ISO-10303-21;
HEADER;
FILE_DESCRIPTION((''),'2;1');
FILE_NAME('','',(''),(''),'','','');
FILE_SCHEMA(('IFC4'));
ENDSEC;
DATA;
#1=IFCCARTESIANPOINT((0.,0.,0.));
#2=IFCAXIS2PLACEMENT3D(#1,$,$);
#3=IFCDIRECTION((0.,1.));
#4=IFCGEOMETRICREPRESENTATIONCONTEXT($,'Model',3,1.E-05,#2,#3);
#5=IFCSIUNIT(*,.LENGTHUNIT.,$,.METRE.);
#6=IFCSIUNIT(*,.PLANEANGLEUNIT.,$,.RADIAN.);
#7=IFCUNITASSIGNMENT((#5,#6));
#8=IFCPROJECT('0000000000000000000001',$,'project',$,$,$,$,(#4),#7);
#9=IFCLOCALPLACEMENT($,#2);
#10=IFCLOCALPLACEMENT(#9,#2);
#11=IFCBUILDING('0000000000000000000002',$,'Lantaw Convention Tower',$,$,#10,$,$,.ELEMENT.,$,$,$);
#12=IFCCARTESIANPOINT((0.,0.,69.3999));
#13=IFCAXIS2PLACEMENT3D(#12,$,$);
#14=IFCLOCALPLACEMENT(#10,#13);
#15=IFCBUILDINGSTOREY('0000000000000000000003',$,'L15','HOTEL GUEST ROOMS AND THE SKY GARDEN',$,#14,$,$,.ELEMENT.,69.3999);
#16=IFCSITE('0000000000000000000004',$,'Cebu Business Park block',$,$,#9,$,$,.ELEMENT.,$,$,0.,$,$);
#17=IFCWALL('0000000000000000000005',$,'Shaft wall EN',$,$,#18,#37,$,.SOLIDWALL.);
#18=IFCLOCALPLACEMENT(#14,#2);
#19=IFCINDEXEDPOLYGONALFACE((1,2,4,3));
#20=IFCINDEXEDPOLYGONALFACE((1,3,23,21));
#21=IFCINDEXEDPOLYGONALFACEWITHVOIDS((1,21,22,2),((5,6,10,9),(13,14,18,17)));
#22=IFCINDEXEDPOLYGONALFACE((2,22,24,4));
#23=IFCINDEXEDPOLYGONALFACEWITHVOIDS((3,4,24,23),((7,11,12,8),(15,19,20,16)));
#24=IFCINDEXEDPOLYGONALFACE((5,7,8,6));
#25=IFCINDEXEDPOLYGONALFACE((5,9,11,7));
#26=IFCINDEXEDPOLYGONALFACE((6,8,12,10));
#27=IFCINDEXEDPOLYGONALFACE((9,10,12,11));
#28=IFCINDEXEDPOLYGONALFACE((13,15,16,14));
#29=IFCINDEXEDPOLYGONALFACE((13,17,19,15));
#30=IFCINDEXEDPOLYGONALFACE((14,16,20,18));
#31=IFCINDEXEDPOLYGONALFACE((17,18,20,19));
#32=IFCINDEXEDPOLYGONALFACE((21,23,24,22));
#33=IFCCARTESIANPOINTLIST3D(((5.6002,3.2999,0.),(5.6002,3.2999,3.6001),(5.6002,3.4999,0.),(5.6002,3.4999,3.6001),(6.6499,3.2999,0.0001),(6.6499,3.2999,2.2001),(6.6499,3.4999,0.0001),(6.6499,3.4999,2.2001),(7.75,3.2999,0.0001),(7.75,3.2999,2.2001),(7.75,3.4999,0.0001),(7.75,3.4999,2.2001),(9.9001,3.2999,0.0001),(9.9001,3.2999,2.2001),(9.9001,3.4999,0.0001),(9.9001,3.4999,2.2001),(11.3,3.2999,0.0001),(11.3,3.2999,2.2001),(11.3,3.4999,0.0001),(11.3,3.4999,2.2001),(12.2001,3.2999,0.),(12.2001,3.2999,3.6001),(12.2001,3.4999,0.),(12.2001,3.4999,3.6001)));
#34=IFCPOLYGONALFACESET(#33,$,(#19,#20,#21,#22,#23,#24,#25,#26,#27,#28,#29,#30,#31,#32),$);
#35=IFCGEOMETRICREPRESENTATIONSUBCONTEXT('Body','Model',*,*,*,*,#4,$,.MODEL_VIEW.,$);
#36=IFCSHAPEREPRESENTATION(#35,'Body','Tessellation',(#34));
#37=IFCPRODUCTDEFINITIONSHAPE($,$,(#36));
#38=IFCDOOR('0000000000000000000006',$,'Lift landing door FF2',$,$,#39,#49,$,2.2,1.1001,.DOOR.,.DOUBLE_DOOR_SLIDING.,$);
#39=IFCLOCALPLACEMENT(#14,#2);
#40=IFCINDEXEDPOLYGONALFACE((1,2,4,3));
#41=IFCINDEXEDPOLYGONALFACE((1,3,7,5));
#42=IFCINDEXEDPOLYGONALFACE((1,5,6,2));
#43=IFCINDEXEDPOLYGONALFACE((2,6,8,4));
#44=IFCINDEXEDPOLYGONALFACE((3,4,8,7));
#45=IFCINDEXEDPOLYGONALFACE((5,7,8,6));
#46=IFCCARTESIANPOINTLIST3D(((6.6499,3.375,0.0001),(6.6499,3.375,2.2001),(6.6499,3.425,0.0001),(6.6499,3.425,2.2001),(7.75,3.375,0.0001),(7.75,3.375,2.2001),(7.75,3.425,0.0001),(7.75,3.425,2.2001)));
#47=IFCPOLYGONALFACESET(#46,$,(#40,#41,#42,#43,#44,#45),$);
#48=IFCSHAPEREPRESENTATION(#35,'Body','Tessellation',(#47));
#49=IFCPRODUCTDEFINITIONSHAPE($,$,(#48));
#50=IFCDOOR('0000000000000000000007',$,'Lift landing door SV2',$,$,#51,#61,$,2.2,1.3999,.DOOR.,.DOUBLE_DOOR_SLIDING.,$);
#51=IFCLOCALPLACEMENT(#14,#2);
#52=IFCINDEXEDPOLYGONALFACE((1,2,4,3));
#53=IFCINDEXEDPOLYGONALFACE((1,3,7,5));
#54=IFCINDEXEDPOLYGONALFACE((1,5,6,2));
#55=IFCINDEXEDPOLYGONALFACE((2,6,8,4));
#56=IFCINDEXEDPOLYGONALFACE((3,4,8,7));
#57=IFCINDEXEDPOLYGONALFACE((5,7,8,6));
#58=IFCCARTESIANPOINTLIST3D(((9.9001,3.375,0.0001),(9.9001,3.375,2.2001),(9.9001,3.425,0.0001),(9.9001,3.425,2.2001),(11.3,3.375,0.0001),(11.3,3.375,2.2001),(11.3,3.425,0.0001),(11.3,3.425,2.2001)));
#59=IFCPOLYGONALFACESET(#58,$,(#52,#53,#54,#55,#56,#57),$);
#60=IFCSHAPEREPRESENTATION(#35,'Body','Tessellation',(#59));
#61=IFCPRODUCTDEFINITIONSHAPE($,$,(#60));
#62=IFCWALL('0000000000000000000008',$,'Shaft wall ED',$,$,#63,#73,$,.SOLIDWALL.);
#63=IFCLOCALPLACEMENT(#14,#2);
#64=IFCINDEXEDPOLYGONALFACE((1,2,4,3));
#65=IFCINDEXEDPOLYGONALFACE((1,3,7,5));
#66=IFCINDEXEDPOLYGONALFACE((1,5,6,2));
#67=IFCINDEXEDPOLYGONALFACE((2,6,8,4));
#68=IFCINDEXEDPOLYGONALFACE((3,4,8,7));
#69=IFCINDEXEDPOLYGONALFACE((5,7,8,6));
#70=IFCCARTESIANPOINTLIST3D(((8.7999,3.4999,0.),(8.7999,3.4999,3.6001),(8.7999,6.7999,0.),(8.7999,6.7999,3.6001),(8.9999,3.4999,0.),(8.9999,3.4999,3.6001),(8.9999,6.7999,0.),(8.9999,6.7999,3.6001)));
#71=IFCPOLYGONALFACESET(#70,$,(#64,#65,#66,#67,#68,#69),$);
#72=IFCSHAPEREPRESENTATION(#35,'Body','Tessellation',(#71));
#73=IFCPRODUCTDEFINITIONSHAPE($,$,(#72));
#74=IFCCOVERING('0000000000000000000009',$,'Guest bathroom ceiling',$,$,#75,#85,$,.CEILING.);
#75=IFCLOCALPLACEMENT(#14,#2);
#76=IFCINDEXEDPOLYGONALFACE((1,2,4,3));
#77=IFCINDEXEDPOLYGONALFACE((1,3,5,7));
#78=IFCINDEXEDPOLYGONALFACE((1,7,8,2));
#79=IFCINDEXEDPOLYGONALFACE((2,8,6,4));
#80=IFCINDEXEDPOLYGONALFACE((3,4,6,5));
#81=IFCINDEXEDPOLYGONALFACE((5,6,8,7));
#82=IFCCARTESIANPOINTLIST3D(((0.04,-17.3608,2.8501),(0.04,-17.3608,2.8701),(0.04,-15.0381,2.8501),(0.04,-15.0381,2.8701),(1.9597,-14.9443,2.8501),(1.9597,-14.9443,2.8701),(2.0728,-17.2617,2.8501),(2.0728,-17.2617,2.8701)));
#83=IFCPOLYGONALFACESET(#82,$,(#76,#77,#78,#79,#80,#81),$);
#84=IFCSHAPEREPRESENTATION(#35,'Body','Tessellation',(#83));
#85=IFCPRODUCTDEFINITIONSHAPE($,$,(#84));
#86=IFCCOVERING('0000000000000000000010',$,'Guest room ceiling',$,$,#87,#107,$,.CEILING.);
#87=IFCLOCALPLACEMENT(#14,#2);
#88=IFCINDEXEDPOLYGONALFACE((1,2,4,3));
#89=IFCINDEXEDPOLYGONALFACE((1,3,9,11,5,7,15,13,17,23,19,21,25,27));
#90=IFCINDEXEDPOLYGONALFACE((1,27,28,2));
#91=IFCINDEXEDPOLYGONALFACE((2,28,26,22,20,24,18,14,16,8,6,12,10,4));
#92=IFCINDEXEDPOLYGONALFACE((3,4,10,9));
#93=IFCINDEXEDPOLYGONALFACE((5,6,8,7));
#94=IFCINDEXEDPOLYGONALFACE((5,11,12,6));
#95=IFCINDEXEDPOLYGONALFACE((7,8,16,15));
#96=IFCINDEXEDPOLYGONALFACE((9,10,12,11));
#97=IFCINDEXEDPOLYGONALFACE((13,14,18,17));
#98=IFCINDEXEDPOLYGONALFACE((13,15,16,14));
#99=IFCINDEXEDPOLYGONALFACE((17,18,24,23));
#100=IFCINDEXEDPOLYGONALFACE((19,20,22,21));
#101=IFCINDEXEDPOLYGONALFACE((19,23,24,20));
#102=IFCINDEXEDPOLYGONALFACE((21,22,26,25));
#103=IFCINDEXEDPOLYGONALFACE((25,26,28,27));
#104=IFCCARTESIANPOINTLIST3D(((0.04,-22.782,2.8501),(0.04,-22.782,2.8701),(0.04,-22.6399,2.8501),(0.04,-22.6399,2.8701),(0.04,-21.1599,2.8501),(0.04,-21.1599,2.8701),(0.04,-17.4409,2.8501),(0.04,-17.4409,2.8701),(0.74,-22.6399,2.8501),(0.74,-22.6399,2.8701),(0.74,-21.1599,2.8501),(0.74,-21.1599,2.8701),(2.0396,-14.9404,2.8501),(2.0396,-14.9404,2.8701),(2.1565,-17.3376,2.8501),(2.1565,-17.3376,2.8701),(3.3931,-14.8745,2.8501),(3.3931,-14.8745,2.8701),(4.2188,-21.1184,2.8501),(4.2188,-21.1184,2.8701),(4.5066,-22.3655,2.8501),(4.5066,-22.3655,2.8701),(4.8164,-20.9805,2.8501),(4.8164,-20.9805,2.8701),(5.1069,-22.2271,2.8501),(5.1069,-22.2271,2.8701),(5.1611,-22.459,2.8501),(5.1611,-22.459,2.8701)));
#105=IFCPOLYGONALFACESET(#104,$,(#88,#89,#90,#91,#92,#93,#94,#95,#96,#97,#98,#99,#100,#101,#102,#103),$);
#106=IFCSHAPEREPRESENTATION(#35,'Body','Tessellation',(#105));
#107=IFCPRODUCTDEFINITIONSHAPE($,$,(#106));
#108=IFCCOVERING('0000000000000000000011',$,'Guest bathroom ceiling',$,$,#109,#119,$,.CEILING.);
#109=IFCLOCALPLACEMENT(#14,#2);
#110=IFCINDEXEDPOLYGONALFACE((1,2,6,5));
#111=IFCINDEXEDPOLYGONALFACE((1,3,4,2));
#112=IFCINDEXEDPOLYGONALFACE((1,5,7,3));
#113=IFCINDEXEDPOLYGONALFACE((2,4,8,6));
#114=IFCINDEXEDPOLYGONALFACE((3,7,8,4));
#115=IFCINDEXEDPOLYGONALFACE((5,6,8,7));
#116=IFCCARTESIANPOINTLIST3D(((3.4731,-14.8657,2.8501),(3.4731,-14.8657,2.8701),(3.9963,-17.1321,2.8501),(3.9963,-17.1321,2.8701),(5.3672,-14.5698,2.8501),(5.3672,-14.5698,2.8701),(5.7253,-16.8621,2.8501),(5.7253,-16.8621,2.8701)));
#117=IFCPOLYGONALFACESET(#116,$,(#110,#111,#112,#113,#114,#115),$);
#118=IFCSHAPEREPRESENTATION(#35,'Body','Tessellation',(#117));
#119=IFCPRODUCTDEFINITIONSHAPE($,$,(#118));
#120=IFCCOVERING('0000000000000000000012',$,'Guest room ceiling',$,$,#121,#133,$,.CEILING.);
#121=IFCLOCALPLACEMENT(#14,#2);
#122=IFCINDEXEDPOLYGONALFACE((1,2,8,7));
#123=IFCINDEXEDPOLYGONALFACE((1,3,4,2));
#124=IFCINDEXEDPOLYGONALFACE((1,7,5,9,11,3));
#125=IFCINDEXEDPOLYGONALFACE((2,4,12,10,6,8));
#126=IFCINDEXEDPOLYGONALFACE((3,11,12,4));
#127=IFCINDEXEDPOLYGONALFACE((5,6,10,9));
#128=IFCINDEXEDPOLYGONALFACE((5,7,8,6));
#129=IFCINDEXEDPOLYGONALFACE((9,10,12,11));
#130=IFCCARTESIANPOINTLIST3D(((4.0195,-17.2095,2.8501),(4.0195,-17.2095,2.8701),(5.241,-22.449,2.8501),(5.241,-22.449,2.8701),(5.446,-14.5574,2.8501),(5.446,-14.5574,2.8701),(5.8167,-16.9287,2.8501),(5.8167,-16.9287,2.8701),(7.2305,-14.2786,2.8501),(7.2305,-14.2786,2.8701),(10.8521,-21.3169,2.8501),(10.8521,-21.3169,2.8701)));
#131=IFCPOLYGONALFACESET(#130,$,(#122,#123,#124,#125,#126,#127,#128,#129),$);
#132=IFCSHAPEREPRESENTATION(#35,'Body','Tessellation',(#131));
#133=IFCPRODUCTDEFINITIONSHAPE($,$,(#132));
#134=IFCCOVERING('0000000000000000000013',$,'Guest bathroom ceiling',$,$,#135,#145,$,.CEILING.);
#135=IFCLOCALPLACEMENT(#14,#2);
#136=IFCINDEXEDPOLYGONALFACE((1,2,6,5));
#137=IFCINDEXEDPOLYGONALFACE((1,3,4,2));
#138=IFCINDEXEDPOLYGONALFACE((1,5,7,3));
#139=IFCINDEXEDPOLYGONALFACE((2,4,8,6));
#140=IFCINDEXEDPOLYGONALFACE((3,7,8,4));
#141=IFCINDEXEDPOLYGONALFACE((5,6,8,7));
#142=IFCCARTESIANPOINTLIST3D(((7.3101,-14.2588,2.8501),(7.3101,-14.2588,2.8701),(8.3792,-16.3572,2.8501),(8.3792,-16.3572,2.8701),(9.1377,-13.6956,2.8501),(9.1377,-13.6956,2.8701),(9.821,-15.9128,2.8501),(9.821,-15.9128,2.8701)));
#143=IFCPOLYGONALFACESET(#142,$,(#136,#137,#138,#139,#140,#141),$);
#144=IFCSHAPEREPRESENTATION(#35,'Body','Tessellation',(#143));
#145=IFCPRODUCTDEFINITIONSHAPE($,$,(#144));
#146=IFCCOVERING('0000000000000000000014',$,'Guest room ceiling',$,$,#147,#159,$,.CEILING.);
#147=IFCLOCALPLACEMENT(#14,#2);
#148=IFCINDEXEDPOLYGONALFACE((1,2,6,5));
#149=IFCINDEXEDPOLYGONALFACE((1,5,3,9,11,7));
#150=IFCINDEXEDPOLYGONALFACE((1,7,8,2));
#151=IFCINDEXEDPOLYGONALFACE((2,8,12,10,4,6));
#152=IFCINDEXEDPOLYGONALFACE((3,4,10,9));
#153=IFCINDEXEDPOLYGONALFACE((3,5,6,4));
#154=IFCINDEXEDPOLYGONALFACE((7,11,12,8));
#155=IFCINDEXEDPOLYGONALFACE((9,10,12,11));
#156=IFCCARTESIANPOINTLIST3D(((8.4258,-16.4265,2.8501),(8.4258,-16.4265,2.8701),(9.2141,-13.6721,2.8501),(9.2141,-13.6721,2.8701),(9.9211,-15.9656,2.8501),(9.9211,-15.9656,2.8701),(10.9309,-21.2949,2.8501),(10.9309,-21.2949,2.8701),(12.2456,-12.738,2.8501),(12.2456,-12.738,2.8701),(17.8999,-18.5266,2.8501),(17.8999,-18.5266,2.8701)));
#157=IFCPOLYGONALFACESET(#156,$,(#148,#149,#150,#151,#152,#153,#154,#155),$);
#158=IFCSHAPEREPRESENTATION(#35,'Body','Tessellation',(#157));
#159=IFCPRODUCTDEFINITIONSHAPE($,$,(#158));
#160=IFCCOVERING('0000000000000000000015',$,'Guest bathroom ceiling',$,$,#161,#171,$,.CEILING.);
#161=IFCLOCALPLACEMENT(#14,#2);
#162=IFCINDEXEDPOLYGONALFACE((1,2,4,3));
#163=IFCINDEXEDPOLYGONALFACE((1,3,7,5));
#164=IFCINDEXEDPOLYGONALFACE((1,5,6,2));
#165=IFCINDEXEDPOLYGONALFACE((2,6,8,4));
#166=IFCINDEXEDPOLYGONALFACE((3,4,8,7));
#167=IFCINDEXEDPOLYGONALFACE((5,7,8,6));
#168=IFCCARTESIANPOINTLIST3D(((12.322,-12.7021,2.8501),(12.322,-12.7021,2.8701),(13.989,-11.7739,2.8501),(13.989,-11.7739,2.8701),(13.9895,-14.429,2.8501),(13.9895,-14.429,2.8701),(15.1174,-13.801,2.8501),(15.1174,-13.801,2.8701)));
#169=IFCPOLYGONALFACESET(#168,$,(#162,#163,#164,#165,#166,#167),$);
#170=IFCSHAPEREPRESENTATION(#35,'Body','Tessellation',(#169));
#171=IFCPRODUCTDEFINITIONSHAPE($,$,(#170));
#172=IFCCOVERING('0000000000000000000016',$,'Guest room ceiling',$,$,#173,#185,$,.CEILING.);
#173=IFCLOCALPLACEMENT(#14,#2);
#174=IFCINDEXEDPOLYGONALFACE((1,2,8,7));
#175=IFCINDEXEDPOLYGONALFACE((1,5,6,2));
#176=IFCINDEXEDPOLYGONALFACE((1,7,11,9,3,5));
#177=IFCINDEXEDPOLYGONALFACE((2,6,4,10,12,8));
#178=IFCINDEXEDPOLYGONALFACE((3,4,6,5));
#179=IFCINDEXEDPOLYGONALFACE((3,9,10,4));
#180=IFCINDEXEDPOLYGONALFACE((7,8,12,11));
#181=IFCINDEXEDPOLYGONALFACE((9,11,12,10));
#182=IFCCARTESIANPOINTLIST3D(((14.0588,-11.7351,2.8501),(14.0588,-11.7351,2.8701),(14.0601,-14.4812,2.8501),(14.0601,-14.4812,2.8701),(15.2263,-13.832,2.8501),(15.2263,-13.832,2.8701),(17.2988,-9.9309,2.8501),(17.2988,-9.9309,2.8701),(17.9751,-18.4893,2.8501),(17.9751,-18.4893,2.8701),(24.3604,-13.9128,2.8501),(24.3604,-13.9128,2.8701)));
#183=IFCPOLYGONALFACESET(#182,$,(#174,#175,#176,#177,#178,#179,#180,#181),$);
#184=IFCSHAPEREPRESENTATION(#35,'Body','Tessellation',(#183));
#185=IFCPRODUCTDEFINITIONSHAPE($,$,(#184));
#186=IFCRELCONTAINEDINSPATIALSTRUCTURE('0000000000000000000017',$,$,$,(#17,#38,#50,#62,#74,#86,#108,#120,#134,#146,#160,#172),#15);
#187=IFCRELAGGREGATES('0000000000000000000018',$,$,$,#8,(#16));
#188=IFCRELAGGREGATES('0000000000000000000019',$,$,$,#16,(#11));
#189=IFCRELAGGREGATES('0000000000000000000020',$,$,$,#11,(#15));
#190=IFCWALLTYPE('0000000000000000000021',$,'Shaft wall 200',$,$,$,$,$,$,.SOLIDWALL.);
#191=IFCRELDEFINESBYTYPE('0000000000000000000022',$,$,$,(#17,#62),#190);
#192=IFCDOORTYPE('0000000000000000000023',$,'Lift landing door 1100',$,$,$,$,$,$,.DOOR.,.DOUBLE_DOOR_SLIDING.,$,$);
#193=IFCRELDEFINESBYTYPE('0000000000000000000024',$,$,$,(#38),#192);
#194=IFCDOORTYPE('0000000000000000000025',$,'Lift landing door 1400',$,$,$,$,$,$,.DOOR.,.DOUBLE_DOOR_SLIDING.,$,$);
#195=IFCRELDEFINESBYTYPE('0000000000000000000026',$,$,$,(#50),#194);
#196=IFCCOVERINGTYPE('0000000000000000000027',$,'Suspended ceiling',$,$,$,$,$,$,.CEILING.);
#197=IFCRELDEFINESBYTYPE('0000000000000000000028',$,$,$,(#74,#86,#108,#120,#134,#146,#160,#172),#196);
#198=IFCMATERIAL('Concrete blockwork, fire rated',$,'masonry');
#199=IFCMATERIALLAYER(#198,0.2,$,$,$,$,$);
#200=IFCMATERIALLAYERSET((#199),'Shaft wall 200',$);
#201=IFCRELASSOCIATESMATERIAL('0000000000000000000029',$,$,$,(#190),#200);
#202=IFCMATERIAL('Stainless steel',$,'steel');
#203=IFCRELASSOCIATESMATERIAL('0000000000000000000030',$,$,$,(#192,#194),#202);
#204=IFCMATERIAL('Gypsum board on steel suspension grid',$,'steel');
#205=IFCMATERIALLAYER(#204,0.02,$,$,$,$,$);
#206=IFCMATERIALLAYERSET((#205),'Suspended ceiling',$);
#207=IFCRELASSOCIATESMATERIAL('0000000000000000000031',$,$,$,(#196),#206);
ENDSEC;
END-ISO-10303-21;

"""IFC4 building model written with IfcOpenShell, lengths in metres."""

from ifc_helpers import new_model, si_unit, direction, frame, frame_2d, origin, place, context, subcontext, project, spatial, polyline, rectangle, outline, extrude, material, layer, layer_set, type_object, element, fill, save


model = new_model("IFC4")

# Units and contexts
model_context = context("Model", 3, precision=1e-05, world=origin(), true_north=direction((0.0, 1.0)))
body_context = subcontext(model_context, "Body", "Model", "MODEL_VIEW")
ifc_project = project(units=[si_unit("LENGTHUNIT", "METRE"), si_unit("PLANEANGLEUNIT", "RADIAN")], contexts=[model_context])

# Site, building, storey
site_placement = place(None, origin())
site = spatial("IfcSite", under=ifc_project, at=site_placement, Name="Cebu Business Park block", CompositionType="ELEMENT", RefElevation=0.0)
building_placement = place(site_placement, origin())
building = spatial("IfcBuilding", under=site, at=building_placement, Name="Lantaw Convention Tower", CompositionType="ELEMENT")
storey_placement = place(building_placement, frame((0.0, 0.0, 69.3999)))
storey = spatial("IfcBuildingStorey", under=building, at=storey_placement, Name="L15", Description="HOTEL GUEST ROOMS AND THE SKY GARDEN", CompositionType="ELEMENT", Elevation=69.3999)

# Shared definitions
ifc_material_1 = material(Name="Concrete blockwork, fire rated", Category="masonry")
ifc_layer_1 = layer(ifc_material_1, 0.2)
ifc_layer_set_1 = layer_set([ifc_layer_1], Name="Shaft wall 200")
wall_type_1 = type_object("IfcWallType", Name="Shaft wall 200", PredefinedType="SOLIDWALL", material=ifc_layer_set_1)

# Wall, openings, doors
wall_1_placement = place(storey_placement, frame((12.2, 3.3999, 0.0), z_axis=(0.0, 0.0, 1.0), x_axis=(-1.0, 0.0, 0.0)))
wall_1 = element("IfcWall", 1, at=wall_1_placement, inside=storey, type_object=wall_type_1, Name="Shaft wall EN", PredefinedType="SOLIDWALL", context=body_context, shape_type="SweptSolid", body=[
    extrude(rectangle(XDim=6.5999, YDim=0.2, at=frame_2d((3.2998, 0.0))), origin(), (0.0, 0.0, 1.0), 3.6001),
])
opening_1_placement = place(wall_1_placement, frame((4.45, 0.0, 0.0)))
opening_1 = element("IfcOpeningElement", 2, at=opening_1_placement, cuts=wall_1, PredefinedType="OPENING", context=body_context, shape_type="SweptSolid", body=[
    extrude(rectangle(XDim=1.1001, YDim=2.2, at=frame_2d((0.55, 1.1001))), frame((0.0, 0.1099, 0.0), z_axis=(0.0, -1.0, 0.0), x_axis=(1.0, 0.0, 0.0)), (0.0, 0.0, 1.0), 0.22),
])
opening_2_placement = place(wall_1_placement, frame((0.8999, 0.0, 0.0)))
opening_2 = element("IfcOpeningElement", 3, at=opening_2_placement, cuts=wall_1, PredefinedType="OPENING", context=body_context, shape_type="SweptSolid", body=[
    extrude(rectangle(XDim=1.3999, YDim=2.2, at=frame_2d((0.7, 1.1001))), frame((0.0, 0.1099, 0.0), z_axis=(0.0, -1.0, 0.0), x_axis=(1.0, 0.0, 0.0)), (0.0, 0.0, 1.0), 0.22),
])
ifc_material_2 = material(Name="Stainless steel", Category="steel")
door_type_1 = type_object("IfcDoorType", Name="Lift landing door 1100", OperationType="DOUBLE_DOOR_SLIDING", PredefinedType="DOOR", material=ifc_material_2)
door_1_placement = place(opening_1_placement, origin())
door_1 = element("IfcDoor", 4, at=door_1_placement, inside=storey, type_object=door_type_1, Name="Lift landing door FF2", OperationType="DOUBLE_DOOR_SLIDING", OverallHeight=2.2, OverallWidth=1.1001, PredefinedType="DOOR", context=body_context, shape_type="SweptSolid", body=[
    extrude(rectangle(XDim=1.1001, YDim=2.2, at=frame_2d((0.55, 1.1001))), frame((0.0, 0.0249, 0.0), z_axis=(0.0, -1.0, 0.0), x_axis=(1.0, 0.0, 0.0)), (0.0, 0.0, 1.0), 0.05),
])
fill(opening_1, door_1)
door_type_2 = type_object("IfcDoorType", Name="Lift landing door 1400", OperationType="DOUBLE_DOOR_SLIDING", PredefinedType="DOOR", material=ifc_material_2)
door_2_placement = place(opening_2_placement, origin())
door_2 = element("IfcDoor", 5, at=door_2_placement, inside=storey, type_object=door_type_2, Name="Lift landing door SV2", OperationType="DOUBLE_DOOR_SLIDING", OverallHeight=2.2, OverallWidth=1.3999, PredefinedType="DOOR", context=body_context, shape_type="SweptSolid", body=[
    extrude(rectangle(XDim=1.3999, YDim=2.2, at=frame_2d((0.7, 1.1001))), frame((0.0, 0.0249, 0.0), z_axis=(0.0, -1.0, 0.0), x_axis=(1.0, 0.0, 0.0)), (0.0, 0.0, 1.0), 0.05),
])
fill(opening_2, door_2)

# Wall
wall_2_placement = place(storey_placement, frame((8.8999, 3.5, 0.0), z_axis=(0.0, 0.0, 1.0), x_axis=(0.0, 1.0, 0.0)))
element("IfcWall", 6, at=wall_2_placement, inside=storey, type_object=wall_type_1, Name="Shaft wall ED", PredefinedType="SOLIDWALL", context=body_context, shape_type="SweptSolid", body=[
    extrude(rectangle(XDim=3.3, YDim=0.2, at=frame_2d((1.6499, 0.0))), origin(), (0.0, 0.0, 1.0), 3.6001),
])

# Coverings
ifc_material_3 = material(Name="Gypsum board on steel suspension grid", Category="steel")
ifc_layer_2 = layer(ifc_material_3, 0.02)
ifc_layer_set_2 = layer_set([ifc_layer_2], Name="Suspended ceiling")
covering_type = type_object("IfcCoveringType", Name="Suspended ceiling", PredefinedType="CEILING", material=ifc_layer_set_2)
covering_1_placement = place(storey_placement, frame((0.0, 0.0, 2.8501)))
element("IfcCovering", 7, at=covering_1_placement, inside=storey, type_object=covering_type, Name="Guest bathroom ceiling", PredefinedType="CEILING", context=body_context, shape_type="SweptSolid", body=[
    extrude(outline(polyline([(0.04, -15.0381), (0.04, -17.3608), (2.0728, -17.2617), (1.9597, -14.9443), (0.04, -15.0381)])), origin(), (0.0, 0.0, 1.0), 0.02),
])
covering_2_placement = place(storey_placement, frame((0.0, 0.0, 2.8501)))
element("IfcCovering", 8, at=covering_2_placement, inside=storey, type_object=covering_type, Name="Guest room ceiling", PredefinedType="CEILING", context=body_context, shape_type="SweptSolid", body=[
    extrude(outline(polyline([(2.0396, -14.9404), (2.1565, -17.3376), (0.04, -17.4409), (0.04, -21.1599), (0.74, -21.1599), (0.74, -22.6399), (0.04, -22.6399), (0.04, -22.782), (5.1611, -22.459), (5.1069, -22.2271), (4.5066, -22.3655), (4.2188, -21.1184), (4.8164, -20.9805), (3.3931, -14.8745), (2.0396, -14.9404)])), origin(), (0.0, 0.0, 1.0), 0.02),
])
covering_3_placement = place(storey_placement, frame((0.0, 0.0, 2.8501)))
element("IfcCovering", 9, at=covering_3_placement, inside=storey, type_object=covering_type, Name="Guest bathroom ceiling", PredefinedType="CEILING", context=body_context, shape_type="SweptSolid", body=[
    extrude(outline(polyline([(3.4731, -14.8657), (3.9963, -17.1321), (5.7253, -16.8621), (5.3672, -14.5698), (3.4731, -14.8657)])), origin(), (0.0, 0.0, 1.0), 0.02),
])
covering_4_placement = place(storey_placement, frame((0.0, 0.0, 2.8501)))
element("IfcCovering", 10, at=covering_4_placement, inside=storey, type_object=covering_type, Name="Guest room ceiling", PredefinedType="CEILING", context=body_context, shape_type="SweptSolid", body=[
    extrude(outline(polyline([(7.2305, -14.2786), (5.446, -14.5574), (5.8167, -16.9287), (4.0195, -17.2095), (5.241, -22.449), (10.8521, -21.3169), (7.2305, -14.2786)])), origin(), (0.0, 0.0, 1.0), 0.02),
])
covering_5_placement = place(storey_placement, frame((0.0, 0.0, 2.8501)))
element("IfcCovering", 11, at=covering_5_placement, inside=storey, type_object=covering_type, Name="Guest bathroom ceiling", PredefinedType="CEILING", context=body_context, shape_type="SweptSolid", body=[
    extrude(outline(polyline([(7.3101, -14.2588), (8.3792, -16.3572), (9.821, -15.9128), (9.1377, -13.6956), (7.3101, -14.2588)])), origin(), (0.0, 0.0, 1.0), 0.02),
])
covering_6_placement = place(storey_placement, frame((0.0, 0.0, 2.8501)))
element("IfcCovering", 12, at=covering_6_placement, inside=storey, type_object=covering_type, Name="Guest room ceiling", PredefinedType="CEILING", context=body_context, shape_type="SweptSolid", body=[
    extrude(outline(polyline([(12.2456, -12.738), (9.2141, -13.6721), (9.9211, -15.9656), (8.4258, -16.4265), (10.9309, -21.2949), (17.8999, -18.5266), (12.2456, -12.738)])), origin(), (0.0, 0.0, 1.0), 0.02),
])
covering_7_placement = place(storey_placement, frame((0.0, 0.0, 2.8501)))
element("IfcCovering", 13, at=covering_7_placement, inside=storey, type_object=covering_type, Name="Guest bathroom ceiling", PredefinedType="CEILING", context=body_context, shape_type="SweptSolid", body=[
    extrude(outline(polyline([(12.322, -12.7021), (13.9895, -14.429), (15.1174, -13.801), (13.989, -11.7739), (12.322, -12.7021)])), origin(), (0.0, 0.0, 1.0), 0.02),
])
covering_8_placement = place(storey_placement, frame((0.0, 0.0, 2.8501)))
element("IfcCovering", 14, at=covering_8_placement, inside=storey, type_object=covering_type, Name="Guest room ceiling", PredefinedType="CEILING", context=body_context, shape_type="SweptSolid", body=[
    extrude(outline(polyline([(14.0588, -11.7351), (15.2263, -13.832), (14.0601, -14.4812), (17.9751, -18.4893), (24.3604, -13.9128), (17.2988, -9.9309), (14.0588, -11.7351)])), origin(), (0.0, 0.0, 1.0), 0.02),
])

save(model, "model.ifc")
